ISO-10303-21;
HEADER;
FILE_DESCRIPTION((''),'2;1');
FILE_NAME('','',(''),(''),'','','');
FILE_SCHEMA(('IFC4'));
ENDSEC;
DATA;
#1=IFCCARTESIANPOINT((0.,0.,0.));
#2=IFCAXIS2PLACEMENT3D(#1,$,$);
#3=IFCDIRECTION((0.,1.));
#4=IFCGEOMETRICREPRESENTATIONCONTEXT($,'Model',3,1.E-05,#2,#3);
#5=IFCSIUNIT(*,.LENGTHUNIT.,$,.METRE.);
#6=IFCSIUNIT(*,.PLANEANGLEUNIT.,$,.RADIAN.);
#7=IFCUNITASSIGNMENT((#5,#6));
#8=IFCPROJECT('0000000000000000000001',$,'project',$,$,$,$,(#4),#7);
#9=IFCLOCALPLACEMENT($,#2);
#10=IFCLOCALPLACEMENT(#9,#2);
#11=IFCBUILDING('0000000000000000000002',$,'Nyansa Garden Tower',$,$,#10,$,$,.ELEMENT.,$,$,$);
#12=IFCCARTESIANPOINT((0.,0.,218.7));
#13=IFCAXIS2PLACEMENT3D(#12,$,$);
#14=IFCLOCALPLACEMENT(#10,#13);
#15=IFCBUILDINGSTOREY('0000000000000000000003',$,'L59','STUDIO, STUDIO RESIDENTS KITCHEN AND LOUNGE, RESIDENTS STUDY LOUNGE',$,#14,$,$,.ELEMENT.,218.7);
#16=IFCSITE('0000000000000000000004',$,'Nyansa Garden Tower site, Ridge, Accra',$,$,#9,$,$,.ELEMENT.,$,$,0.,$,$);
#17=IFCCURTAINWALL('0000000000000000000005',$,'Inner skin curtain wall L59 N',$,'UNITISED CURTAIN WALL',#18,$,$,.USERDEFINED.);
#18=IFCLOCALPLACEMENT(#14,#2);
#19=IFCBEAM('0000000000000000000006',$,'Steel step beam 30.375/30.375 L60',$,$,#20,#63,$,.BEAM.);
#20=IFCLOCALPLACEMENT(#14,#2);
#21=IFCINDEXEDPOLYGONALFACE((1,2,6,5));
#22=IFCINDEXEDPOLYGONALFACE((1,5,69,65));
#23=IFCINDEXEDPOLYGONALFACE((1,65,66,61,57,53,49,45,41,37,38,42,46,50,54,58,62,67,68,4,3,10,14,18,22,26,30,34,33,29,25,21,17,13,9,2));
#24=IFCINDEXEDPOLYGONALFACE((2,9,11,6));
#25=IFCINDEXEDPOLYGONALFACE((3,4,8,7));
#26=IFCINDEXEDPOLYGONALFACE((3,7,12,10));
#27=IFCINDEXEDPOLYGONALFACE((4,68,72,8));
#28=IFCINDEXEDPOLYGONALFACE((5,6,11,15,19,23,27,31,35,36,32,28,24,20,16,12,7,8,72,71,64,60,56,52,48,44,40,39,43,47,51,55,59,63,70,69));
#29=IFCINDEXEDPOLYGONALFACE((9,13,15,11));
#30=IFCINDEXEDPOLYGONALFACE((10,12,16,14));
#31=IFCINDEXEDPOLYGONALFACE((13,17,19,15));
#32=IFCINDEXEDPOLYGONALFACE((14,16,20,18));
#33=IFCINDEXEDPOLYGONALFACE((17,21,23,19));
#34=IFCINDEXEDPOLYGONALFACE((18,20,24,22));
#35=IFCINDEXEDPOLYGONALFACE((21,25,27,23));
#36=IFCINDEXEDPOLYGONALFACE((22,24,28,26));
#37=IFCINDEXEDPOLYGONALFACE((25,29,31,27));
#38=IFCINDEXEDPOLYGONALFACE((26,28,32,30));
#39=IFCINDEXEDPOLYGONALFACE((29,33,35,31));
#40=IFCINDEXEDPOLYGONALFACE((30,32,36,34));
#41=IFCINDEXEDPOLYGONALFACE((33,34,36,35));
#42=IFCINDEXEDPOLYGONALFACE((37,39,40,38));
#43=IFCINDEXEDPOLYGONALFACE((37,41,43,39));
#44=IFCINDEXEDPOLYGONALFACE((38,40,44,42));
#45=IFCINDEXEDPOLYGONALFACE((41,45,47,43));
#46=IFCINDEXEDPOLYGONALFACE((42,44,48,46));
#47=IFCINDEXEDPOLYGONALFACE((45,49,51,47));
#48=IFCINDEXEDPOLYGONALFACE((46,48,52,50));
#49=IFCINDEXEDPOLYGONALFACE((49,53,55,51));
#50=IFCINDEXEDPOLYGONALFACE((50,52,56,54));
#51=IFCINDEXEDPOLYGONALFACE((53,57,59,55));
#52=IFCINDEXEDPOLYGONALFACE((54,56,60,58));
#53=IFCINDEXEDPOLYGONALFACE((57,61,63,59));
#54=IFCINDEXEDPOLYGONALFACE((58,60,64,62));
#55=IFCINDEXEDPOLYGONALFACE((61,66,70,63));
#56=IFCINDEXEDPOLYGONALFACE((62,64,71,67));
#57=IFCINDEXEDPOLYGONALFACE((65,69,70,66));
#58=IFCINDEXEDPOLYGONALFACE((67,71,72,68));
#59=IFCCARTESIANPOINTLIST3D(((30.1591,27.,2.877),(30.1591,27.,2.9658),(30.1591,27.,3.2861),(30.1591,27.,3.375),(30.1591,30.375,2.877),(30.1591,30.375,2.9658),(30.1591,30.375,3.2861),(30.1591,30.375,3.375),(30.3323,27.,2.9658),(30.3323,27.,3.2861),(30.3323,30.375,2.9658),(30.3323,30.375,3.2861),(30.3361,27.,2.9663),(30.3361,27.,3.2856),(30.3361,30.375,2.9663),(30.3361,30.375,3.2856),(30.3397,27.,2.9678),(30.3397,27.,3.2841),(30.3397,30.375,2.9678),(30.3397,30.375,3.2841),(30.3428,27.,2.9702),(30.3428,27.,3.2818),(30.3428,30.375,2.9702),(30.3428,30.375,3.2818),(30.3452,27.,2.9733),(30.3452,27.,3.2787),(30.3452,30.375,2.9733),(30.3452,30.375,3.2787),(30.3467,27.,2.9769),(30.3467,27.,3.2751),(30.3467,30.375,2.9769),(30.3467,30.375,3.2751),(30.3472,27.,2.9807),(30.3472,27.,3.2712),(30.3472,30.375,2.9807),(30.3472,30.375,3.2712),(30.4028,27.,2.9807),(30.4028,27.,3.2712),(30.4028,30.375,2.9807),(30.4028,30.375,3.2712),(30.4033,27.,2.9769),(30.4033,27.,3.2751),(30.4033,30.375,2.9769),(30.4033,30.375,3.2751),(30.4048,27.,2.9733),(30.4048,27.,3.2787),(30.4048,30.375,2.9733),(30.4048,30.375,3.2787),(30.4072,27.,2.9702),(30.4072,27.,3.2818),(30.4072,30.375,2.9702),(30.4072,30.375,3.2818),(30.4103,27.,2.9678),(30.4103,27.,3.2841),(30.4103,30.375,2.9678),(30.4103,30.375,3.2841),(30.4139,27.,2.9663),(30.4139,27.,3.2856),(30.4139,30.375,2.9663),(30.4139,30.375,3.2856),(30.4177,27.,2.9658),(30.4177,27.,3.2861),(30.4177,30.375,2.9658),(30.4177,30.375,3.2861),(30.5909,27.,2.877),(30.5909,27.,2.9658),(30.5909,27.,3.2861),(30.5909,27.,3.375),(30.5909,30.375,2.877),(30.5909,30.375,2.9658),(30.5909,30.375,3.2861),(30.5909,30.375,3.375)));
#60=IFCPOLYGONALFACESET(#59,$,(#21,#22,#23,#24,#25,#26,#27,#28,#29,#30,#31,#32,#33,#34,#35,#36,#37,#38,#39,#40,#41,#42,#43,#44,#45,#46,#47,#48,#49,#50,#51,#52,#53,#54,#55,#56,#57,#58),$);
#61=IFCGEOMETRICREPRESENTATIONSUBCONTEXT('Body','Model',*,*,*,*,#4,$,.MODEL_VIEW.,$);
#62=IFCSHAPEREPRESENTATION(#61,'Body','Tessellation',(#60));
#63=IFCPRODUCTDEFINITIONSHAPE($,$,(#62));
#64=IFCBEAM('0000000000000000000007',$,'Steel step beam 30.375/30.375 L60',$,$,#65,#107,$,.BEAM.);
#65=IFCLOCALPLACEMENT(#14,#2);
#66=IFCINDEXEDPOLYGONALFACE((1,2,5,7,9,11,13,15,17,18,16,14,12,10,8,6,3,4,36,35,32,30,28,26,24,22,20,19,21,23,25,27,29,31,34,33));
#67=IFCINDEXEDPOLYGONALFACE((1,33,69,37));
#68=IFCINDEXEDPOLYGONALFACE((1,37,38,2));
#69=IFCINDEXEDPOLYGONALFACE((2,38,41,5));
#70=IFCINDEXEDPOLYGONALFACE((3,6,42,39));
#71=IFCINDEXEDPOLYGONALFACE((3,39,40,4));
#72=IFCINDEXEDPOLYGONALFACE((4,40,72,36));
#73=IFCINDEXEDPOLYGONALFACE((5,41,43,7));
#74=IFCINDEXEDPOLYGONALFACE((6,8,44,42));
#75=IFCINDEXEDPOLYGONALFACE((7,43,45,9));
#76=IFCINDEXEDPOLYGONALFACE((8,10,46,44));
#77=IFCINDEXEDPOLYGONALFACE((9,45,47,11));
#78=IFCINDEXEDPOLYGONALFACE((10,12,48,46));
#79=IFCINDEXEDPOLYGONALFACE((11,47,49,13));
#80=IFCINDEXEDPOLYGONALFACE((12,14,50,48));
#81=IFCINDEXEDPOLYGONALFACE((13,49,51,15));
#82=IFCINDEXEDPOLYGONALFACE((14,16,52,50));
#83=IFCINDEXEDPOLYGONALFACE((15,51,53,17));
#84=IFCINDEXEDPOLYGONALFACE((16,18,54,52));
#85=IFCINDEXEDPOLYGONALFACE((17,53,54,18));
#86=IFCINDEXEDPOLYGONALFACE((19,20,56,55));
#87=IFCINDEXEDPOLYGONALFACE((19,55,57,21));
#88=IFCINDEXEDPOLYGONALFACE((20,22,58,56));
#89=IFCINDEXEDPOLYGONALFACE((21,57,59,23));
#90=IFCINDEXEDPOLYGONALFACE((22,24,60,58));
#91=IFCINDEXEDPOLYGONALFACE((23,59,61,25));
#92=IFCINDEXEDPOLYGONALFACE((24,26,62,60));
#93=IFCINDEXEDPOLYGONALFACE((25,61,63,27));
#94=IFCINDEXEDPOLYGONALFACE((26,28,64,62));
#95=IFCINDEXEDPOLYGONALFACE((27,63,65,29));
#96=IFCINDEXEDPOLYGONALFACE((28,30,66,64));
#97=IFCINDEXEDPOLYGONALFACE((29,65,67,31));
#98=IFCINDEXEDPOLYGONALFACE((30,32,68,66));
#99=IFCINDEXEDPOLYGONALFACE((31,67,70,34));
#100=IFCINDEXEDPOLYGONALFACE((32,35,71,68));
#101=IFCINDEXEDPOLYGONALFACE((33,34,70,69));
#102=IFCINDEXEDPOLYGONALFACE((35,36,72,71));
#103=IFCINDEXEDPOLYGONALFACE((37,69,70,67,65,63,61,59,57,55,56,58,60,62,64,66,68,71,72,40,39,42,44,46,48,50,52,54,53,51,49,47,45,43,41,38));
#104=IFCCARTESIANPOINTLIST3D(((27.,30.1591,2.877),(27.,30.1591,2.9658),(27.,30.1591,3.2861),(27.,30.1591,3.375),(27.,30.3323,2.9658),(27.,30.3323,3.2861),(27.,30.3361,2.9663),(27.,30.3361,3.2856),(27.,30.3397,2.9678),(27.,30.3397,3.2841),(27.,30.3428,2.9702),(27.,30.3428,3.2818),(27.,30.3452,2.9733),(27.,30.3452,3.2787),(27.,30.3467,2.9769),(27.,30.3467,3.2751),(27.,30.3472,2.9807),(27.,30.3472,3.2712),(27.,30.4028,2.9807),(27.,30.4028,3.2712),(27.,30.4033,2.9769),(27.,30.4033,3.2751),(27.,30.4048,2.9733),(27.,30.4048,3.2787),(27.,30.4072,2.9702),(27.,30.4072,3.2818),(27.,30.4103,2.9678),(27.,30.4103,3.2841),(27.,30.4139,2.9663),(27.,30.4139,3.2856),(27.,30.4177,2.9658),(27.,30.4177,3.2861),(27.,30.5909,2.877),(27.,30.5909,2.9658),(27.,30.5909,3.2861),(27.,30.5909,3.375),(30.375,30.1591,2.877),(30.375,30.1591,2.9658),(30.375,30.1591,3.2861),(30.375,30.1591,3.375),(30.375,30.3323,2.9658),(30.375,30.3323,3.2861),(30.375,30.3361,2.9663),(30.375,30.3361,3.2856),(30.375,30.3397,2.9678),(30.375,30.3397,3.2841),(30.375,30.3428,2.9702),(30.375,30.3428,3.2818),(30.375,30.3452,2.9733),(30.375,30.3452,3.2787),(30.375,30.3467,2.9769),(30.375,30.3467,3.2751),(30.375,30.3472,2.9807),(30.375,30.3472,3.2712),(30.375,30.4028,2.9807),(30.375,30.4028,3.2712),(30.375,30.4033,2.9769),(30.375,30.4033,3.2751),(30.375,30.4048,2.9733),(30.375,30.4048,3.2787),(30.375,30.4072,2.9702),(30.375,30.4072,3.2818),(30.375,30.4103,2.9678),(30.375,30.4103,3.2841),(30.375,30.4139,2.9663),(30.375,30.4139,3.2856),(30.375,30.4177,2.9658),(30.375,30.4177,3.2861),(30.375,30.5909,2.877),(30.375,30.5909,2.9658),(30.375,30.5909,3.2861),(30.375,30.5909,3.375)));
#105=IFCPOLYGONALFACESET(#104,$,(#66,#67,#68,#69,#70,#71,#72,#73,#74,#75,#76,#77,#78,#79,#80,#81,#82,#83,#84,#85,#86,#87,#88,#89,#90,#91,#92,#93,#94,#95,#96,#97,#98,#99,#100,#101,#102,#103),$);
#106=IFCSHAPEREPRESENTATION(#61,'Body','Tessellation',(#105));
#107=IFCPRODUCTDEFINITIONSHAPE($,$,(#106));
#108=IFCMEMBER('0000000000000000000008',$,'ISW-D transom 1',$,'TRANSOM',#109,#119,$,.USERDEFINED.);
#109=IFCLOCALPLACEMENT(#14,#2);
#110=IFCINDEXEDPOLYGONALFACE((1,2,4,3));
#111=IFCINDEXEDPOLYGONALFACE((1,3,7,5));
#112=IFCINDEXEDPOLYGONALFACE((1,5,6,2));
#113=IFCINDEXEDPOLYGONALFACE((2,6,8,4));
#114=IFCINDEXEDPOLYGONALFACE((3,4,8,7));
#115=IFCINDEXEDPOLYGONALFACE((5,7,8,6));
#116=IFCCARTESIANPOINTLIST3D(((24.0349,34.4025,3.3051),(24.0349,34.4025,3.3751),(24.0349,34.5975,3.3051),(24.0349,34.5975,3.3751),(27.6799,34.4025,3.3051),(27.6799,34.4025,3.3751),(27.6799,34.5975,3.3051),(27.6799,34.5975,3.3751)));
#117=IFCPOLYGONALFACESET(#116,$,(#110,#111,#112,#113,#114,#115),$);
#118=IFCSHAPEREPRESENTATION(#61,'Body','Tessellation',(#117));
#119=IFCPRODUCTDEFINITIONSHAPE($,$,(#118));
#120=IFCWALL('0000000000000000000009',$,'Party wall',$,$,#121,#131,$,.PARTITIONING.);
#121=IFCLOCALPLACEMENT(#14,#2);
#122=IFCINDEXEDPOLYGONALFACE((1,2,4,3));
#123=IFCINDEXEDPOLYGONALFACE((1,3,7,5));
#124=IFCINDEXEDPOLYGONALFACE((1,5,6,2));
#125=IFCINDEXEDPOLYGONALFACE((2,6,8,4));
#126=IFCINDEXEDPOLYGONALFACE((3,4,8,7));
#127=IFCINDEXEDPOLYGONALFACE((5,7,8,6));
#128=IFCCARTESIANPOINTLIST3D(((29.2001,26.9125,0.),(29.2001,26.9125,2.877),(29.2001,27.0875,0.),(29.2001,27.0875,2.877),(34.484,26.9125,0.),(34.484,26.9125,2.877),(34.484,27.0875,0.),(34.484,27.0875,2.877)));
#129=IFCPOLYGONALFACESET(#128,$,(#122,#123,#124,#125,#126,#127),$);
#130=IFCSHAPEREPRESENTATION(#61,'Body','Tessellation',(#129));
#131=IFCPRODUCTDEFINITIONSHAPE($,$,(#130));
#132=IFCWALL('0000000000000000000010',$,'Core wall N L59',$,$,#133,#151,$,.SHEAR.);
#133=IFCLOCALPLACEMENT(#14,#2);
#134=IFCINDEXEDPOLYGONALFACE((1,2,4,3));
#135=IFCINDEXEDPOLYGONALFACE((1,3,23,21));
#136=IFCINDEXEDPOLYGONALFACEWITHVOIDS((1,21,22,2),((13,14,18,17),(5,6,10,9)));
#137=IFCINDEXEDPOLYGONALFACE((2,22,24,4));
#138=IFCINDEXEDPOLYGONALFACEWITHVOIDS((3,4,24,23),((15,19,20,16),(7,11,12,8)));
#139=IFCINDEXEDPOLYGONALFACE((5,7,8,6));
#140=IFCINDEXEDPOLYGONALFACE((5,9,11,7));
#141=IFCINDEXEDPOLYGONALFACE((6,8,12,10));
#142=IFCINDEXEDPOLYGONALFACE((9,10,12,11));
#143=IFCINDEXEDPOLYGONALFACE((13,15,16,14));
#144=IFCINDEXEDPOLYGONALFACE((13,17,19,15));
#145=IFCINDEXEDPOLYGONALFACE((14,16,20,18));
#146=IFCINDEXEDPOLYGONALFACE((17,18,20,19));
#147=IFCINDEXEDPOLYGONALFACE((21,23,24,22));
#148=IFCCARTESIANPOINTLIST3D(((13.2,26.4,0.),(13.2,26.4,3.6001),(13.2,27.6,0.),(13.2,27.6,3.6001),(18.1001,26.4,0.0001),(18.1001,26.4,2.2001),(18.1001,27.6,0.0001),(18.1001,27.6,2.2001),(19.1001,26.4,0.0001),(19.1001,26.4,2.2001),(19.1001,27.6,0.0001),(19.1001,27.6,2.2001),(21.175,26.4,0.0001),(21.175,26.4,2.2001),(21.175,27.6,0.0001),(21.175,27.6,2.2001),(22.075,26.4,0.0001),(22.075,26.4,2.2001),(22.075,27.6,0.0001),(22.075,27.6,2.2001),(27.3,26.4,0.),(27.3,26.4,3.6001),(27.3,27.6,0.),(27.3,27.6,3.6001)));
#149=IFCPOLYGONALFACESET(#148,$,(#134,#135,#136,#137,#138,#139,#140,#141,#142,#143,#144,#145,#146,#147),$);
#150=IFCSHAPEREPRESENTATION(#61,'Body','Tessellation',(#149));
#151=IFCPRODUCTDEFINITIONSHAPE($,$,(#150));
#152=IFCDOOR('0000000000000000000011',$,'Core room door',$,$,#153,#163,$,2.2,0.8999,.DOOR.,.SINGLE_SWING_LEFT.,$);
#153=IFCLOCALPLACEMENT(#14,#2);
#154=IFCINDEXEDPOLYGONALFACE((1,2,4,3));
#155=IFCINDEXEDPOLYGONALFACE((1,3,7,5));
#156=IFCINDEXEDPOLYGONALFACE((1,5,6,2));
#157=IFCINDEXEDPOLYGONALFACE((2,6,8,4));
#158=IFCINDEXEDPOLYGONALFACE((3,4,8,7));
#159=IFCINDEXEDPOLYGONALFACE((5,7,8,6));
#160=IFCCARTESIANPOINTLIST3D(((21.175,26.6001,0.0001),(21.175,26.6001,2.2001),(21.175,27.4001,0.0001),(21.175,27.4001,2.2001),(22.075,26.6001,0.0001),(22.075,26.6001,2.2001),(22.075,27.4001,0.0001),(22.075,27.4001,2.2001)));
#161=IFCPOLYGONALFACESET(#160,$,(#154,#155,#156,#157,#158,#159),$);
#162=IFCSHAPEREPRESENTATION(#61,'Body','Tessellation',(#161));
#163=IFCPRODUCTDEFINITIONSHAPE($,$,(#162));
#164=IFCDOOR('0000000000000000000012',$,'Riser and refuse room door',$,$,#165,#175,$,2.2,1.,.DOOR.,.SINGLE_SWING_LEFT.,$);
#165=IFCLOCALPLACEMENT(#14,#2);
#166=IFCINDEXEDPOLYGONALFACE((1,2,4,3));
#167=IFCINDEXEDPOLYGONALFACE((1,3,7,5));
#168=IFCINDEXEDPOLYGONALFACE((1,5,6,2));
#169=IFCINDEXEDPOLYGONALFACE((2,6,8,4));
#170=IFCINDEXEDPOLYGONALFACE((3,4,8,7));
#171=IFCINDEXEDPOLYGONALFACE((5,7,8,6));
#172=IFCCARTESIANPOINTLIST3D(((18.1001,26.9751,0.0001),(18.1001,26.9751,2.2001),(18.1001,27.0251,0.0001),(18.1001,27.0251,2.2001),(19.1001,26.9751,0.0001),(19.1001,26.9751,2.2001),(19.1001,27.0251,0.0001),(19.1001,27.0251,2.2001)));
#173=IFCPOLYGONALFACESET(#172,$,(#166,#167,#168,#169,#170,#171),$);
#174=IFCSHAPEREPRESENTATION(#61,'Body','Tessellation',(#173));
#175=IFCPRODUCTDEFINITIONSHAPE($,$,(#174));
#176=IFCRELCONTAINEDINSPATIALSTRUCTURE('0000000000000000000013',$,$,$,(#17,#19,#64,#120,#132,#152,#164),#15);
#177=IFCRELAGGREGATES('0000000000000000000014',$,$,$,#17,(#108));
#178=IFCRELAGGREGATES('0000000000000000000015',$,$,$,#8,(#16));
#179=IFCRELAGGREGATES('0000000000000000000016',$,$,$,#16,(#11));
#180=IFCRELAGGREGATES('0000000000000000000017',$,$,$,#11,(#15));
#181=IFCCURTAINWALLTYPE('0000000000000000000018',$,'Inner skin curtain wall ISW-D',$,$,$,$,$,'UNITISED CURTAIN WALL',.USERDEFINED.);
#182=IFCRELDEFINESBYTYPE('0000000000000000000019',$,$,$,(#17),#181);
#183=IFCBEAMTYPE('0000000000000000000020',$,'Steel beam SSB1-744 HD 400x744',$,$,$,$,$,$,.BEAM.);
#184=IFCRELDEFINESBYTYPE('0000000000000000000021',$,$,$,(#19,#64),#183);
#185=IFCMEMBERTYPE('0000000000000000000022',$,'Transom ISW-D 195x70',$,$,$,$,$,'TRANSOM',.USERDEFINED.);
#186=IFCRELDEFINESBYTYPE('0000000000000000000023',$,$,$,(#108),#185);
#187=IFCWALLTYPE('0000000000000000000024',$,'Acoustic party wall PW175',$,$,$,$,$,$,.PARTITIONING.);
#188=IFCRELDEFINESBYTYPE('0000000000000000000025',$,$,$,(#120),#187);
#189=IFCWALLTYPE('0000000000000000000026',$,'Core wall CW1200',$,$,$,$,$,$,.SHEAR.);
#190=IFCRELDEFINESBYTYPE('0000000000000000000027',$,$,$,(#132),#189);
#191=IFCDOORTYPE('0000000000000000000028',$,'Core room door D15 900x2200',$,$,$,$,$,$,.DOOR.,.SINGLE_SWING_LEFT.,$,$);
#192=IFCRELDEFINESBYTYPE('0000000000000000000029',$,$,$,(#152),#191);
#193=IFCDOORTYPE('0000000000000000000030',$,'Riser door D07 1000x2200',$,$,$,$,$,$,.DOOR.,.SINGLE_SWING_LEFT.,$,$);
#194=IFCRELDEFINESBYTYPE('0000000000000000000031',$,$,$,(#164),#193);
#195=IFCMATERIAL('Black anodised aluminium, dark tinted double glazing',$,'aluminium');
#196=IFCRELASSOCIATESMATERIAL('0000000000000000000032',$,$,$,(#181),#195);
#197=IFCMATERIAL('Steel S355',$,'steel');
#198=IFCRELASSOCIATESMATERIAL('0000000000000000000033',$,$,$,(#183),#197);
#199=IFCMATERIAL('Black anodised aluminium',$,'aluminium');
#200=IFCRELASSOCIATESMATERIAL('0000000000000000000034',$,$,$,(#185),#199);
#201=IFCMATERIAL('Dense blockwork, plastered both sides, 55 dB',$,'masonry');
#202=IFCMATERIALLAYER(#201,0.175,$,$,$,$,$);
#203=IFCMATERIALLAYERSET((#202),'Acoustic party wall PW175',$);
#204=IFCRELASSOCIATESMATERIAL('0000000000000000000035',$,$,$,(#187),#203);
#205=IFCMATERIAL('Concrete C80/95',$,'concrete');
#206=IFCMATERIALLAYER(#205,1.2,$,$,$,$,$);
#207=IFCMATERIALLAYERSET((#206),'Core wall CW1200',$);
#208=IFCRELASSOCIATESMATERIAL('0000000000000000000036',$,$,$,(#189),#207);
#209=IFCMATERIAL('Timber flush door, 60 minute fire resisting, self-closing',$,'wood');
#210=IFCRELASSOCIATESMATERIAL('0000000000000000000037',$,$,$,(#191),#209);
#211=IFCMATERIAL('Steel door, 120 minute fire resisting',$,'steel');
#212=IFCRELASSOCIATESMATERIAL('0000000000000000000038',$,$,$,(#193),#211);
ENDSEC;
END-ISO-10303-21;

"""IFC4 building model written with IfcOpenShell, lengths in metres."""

from ifc_helpers import new_model, si_unit, direction, frame, frame_2d, origin, origin_2d, place, context, subcontext, project, spatial, rectangle, i_section, extrude, material, layer, layer_set, material_profile, profile_set, type_object, element, fill, aggregate, save


model = new_model("IFC4")

# Units and contexts
model_context = context("Model", 3, precision=1e-05, world=origin(), true_north=direction((0.0, 1.0)))
body_context = subcontext(model_context, "Body", "Model", "MODEL_VIEW")
ifc_project = project(units=[si_unit("LENGTHUNIT", "METRE"), si_unit("PLANEANGLEUNIT", "RADIAN")], contexts=[model_context])

# Site, building, storey
site_placement = place(None, origin())
site = spatial("IfcSite", under=ifc_project, at=site_placement, Name="Nyansa Garden Tower site, Ridge, Accra", CompositionType="ELEMENT", RefElevation=0.0)
building_placement = place(site_placement, origin())
building = spatial("IfcBuilding", under=site, at=building_placement, Name="Nyansa Garden Tower", CompositionType="ELEMENT")
storey_placement = place(building_placement, frame((0.0, 0.0, 218.7)))
storey = spatial("IfcBuildingStorey", under=building, at=storey_placement, Name="L59", Description="STUDIO, STUDIO RESIDENTS KITCHEN AND LOUNGE, RESIDENTS STUDY LOUNGE", CompositionType="ELEMENT", Elevation=218.7)

# Curtain wall
ifc_material_1 = material(Name="Black anodised aluminium, dark tinted double glazing", Category="aluminium")
curtain_wall_type = type_object("IfcCurtainWallType", Name="Inner skin curtain wall ISW-D", ElementType="UNITISED CURTAIN WALL", PredefinedType="USERDEFINED", material=ifc_material_1)
curtain_wall_1_placement = place(storey_placement, origin())
curtain_wall_1 = element("IfcCurtainWall", 1, at=curtain_wall_1_placement, inside=storey, type_object=curtain_wall_type, Name="Inner skin curtain wall L59 N", ObjectType="UNITISED CURTAIN WALL", PredefinedType="USERDEFINED")

# Beams
ifc_material_2 = material(Name="Steel S355", Category="steel")
ifc_material_profile_1 = material_profile(ifc_material_2, i_section(OverallWidth=0.4319, OverallDepth=0.498, WebThickness=0.0557, FlangeThickness=0.0889, FilletRadius=0.0149, at=origin_2d()), Name="HD 400x744")
ifc_profile_set_1 = profile_set([ifc_material_profile_1], Name="Steel S355")
beam_type_1 = type_object("IfcBeamType", Name="Steel beam SSB1-744 HD 400x744", PredefinedType="BEAM", material=ifc_profile_set_1)
for number, where, z_axis, x_axis, name in (
    (2, (30.375, 30.375, 3.126), (0.0, -1.0, 0.0), (1.0, 0.0, 0.0), "Steel step beam 30.375/30.375 L60"),
    (3, (30.375, 30.375, 3.126), (-1.0, 0.0, 0.0), (0.0, -1.0, 0.0), "Steel step beam 30.375/30.375 L60"),
):
    element("IfcBeam", number, at=place(storey_placement, frame(where, z_axis=z_axis, x_axis=x_axis)), inside=storey, type_object=beam_type_1, Name=name, PredefinedType="BEAM", context=body_context, shape_type="SweptSolid", body=[
        extrude(i_section(OverallWidth=0.4319, OverallDepth=0.498, WebThickness=0.0557, FlangeThickness=0.0889, FilletRadius=0.0149, at=origin_2d()), origin(), (0.0, 0.0, 1.0), 3.375),
    ])

# Member
ifc_material_3 = material(Name="Black anodised aluminium", Category="aluminium")
ifc_material_profile_2 = material_profile(ifc_material_3, rectangle(XDim=0.1951, YDim=0.0701, at=origin_2d()), Name="Transom 195x70")
ifc_profile_set_2 = profile_set([ifc_material_profile_2], Name="Black anodised aluminium")
member_type_1 = type_object("IfcMemberType", Name="Transom ISW-D 195x70", ElementType="TRANSOM", PredefinedType="USERDEFINED", material=ifc_profile_set_2)
member_1_placement = place(storey_placement, frame((27.6799, 34.5, 3.3401), z_axis=(-1.0, 0.0, 0.0), x_axis=(0.0, -1.0, 0.0)))
member_1 = element("IfcMember", 4, at=member_1_placement, type_object=member_type_1, Name="ISW-D transom 1", ObjectType="TRANSOM", PredefinedType="USERDEFINED", context=body_context, shape_type="SweptSolid", body=[
    extrude(rectangle(XDim=0.1951, YDim=0.0701, at=origin_2d()), origin(), (0.0, 0.0, 1.0), 3.645),
])
aggregate(curtain_wall_1, [member_1])

# Wall
ifc_material_4 = material(Name="Dense blockwork, plastered both sides, 55 dB", Category="masonry")
ifc_layer_1 = layer(ifc_material_4, 0.175)
ifc_layer_set_1 = layer_set([ifc_layer_1], Name="Acoustic party wall PW175")
wall_type_1 = type_object("IfcWallType", Name="Acoustic party wall PW175", PredefinedType="PARTITIONING", material=ifc_layer_set_1)
wall_1_placement = place(storey_placement, frame((29.2, 27.0, 0.0), z_axis=(0.0, 0.0, 1.0), x_axis=(1.0, 0.0, 0.0)))
element("IfcWall", 5, at=wall_1_placement, inside=storey, type_object=wall_type_1, Name="Party wall", PredefinedType="PARTITIONING", context=body_context, shape_type="SweptSolid", body=[
    extrude(rectangle(XDim=5.2839, YDim=0.175, at=frame_2d((2.6421, 0.0))), origin(), (0.0, 0.0, 1.0), 2.877),
])

# Wall, openings, doors
ifc_material_5 = material(Name="Concrete C80/95", Category="concrete")
ifc_layer_2 = layer(ifc_material_5, 1.2)
ifc_layer_set_2 = layer_set([ifc_layer_2], Name="Core wall CW1200")
wall_type_2 = type_object("IfcWallType", Name="Core wall CW1200", PredefinedType="SHEAR", material=ifc_layer_set_2)
wall_2_placement = place(storey_placement, frame((27.3, 27.0, 0.0), z_axis=(0.0, 0.0, 1.0), x_axis=(-1.0, 0.0, 0.0)))
wall_2 = element("IfcWall", 6, at=wall_2_placement, inside=storey, type_object=wall_type_2, Name="Core wall N L59", PredefinedType="SHEAR", context=body_context, shape_type="SweptSolid", body=[
    extrude(rectangle(XDim=14.1001, YDim=1.2, at=frame_2d((7.05, 0.0))), origin(), (0.0, 0.0, 1.0), 3.6001),
])
opening_1_placement = place(wall_2_placement, frame((5.2251, 0.0, 0.0)))
opening_1 = element("IfcOpeningElement", 7, at=opening_1_placement, cuts=wall_2, PredefinedType="OPENING", context=body_context, shape_type="SweptSolid", body=[
    extrude(rectangle(XDim=0.8999, YDim=2.2, at=frame_2d((0.45, 1.1001))), frame((0.0, 0.6099, 0.0), z_axis=(0.0, -1.0, 0.0), x_axis=(1.0, 0.0, 0.0)), (0.0, 0.0, 1.0), 1.22),
])
opening_2_placement = place(wall_2_placement, frame((8.2, 0.0, 0.0)))
opening_2 = element("IfcOpeningElement", 8, at=opening_2_placement, cuts=wall_2, PredefinedType="OPENING", context=body_context, shape_type="SweptSolid", body=[
    extrude(rectangle(XDim=1.0, YDim=2.2, at=frame_2d((0.5, 1.1001))), frame((0.0, 0.6099, 0.0), z_axis=(0.0, -1.0, 0.0), x_axis=(1.0, 0.0, 0.0)), (0.0, 0.0, 1.0), 1.22),
])
ifc_material_6 = material(Name="Timber flush door, 60 minute fire resisting, self-closing", Category="wood")
door_type_1 = type_object("IfcDoorType", Name="Core room door D15 900x2200", OperationType="SINGLE_SWING_LEFT", PredefinedType="DOOR", material=ifc_material_6)
door_1_placement = place(opening_1_placement, origin())
door_1 = element("IfcDoor", 9, at=door_1_placement, inside=storey, type_object=door_type_1, Name="Core room door", OperationType="SINGLE_SWING_LEFT", OverallHeight=2.2, OverallWidth=0.8999, PredefinedType="DOOR", context=body_context, shape_type="SweptSolid", body=[
    extrude(rectangle(XDim=0.8999, YDim=2.2, at=frame_2d((0.45, 1.1001))), frame((0.0, 0.3999, 0.0), z_axis=(0.0, -1.0, 0.0), x_axis=(1.0, 0.0, 0.0)), (0.0, 0.0, 1.0), 0.8),
])
fill(opening_1, door_1)
ifc_material_7 = material(Name="Steel door, 120 minute fire resisting", Category="steel")
door_type_2 = type_object("IfcDoorType", Name="Riser door D07 1000x2200", OperationType="SINGLE_SWING_LEFT", PredefinedType="DOOR", material=ifc_material_7)
door_2_placement = place(opening_2_placement, origin())
door_2 = element("IfcDoor", 10, at=door_2_placement, inside=storey, type_object=door_type_2, Name="Riser and refuse room door", OperationType="SINGLE_SWING_LEFT", OverallHeight=2.2, OverallWidth=1.0, PredefinedType="DOOR", context=body_context, shape_type="SweptSolid", body=[
    extrude(rectangle(XDim=1.0, YDim=2.2, at=frame_2d((0.5, 1.1001))), frame((0.0, 0.0249, 0.0), z_axis=(0.0, -1.0, 0.0), x_axis=(1.0, 0.0, 0.0)), (0.0, 0.0, 1.0), 0.05),
])
fill(opening_2, door_2)

save(model, "model.ifc")
